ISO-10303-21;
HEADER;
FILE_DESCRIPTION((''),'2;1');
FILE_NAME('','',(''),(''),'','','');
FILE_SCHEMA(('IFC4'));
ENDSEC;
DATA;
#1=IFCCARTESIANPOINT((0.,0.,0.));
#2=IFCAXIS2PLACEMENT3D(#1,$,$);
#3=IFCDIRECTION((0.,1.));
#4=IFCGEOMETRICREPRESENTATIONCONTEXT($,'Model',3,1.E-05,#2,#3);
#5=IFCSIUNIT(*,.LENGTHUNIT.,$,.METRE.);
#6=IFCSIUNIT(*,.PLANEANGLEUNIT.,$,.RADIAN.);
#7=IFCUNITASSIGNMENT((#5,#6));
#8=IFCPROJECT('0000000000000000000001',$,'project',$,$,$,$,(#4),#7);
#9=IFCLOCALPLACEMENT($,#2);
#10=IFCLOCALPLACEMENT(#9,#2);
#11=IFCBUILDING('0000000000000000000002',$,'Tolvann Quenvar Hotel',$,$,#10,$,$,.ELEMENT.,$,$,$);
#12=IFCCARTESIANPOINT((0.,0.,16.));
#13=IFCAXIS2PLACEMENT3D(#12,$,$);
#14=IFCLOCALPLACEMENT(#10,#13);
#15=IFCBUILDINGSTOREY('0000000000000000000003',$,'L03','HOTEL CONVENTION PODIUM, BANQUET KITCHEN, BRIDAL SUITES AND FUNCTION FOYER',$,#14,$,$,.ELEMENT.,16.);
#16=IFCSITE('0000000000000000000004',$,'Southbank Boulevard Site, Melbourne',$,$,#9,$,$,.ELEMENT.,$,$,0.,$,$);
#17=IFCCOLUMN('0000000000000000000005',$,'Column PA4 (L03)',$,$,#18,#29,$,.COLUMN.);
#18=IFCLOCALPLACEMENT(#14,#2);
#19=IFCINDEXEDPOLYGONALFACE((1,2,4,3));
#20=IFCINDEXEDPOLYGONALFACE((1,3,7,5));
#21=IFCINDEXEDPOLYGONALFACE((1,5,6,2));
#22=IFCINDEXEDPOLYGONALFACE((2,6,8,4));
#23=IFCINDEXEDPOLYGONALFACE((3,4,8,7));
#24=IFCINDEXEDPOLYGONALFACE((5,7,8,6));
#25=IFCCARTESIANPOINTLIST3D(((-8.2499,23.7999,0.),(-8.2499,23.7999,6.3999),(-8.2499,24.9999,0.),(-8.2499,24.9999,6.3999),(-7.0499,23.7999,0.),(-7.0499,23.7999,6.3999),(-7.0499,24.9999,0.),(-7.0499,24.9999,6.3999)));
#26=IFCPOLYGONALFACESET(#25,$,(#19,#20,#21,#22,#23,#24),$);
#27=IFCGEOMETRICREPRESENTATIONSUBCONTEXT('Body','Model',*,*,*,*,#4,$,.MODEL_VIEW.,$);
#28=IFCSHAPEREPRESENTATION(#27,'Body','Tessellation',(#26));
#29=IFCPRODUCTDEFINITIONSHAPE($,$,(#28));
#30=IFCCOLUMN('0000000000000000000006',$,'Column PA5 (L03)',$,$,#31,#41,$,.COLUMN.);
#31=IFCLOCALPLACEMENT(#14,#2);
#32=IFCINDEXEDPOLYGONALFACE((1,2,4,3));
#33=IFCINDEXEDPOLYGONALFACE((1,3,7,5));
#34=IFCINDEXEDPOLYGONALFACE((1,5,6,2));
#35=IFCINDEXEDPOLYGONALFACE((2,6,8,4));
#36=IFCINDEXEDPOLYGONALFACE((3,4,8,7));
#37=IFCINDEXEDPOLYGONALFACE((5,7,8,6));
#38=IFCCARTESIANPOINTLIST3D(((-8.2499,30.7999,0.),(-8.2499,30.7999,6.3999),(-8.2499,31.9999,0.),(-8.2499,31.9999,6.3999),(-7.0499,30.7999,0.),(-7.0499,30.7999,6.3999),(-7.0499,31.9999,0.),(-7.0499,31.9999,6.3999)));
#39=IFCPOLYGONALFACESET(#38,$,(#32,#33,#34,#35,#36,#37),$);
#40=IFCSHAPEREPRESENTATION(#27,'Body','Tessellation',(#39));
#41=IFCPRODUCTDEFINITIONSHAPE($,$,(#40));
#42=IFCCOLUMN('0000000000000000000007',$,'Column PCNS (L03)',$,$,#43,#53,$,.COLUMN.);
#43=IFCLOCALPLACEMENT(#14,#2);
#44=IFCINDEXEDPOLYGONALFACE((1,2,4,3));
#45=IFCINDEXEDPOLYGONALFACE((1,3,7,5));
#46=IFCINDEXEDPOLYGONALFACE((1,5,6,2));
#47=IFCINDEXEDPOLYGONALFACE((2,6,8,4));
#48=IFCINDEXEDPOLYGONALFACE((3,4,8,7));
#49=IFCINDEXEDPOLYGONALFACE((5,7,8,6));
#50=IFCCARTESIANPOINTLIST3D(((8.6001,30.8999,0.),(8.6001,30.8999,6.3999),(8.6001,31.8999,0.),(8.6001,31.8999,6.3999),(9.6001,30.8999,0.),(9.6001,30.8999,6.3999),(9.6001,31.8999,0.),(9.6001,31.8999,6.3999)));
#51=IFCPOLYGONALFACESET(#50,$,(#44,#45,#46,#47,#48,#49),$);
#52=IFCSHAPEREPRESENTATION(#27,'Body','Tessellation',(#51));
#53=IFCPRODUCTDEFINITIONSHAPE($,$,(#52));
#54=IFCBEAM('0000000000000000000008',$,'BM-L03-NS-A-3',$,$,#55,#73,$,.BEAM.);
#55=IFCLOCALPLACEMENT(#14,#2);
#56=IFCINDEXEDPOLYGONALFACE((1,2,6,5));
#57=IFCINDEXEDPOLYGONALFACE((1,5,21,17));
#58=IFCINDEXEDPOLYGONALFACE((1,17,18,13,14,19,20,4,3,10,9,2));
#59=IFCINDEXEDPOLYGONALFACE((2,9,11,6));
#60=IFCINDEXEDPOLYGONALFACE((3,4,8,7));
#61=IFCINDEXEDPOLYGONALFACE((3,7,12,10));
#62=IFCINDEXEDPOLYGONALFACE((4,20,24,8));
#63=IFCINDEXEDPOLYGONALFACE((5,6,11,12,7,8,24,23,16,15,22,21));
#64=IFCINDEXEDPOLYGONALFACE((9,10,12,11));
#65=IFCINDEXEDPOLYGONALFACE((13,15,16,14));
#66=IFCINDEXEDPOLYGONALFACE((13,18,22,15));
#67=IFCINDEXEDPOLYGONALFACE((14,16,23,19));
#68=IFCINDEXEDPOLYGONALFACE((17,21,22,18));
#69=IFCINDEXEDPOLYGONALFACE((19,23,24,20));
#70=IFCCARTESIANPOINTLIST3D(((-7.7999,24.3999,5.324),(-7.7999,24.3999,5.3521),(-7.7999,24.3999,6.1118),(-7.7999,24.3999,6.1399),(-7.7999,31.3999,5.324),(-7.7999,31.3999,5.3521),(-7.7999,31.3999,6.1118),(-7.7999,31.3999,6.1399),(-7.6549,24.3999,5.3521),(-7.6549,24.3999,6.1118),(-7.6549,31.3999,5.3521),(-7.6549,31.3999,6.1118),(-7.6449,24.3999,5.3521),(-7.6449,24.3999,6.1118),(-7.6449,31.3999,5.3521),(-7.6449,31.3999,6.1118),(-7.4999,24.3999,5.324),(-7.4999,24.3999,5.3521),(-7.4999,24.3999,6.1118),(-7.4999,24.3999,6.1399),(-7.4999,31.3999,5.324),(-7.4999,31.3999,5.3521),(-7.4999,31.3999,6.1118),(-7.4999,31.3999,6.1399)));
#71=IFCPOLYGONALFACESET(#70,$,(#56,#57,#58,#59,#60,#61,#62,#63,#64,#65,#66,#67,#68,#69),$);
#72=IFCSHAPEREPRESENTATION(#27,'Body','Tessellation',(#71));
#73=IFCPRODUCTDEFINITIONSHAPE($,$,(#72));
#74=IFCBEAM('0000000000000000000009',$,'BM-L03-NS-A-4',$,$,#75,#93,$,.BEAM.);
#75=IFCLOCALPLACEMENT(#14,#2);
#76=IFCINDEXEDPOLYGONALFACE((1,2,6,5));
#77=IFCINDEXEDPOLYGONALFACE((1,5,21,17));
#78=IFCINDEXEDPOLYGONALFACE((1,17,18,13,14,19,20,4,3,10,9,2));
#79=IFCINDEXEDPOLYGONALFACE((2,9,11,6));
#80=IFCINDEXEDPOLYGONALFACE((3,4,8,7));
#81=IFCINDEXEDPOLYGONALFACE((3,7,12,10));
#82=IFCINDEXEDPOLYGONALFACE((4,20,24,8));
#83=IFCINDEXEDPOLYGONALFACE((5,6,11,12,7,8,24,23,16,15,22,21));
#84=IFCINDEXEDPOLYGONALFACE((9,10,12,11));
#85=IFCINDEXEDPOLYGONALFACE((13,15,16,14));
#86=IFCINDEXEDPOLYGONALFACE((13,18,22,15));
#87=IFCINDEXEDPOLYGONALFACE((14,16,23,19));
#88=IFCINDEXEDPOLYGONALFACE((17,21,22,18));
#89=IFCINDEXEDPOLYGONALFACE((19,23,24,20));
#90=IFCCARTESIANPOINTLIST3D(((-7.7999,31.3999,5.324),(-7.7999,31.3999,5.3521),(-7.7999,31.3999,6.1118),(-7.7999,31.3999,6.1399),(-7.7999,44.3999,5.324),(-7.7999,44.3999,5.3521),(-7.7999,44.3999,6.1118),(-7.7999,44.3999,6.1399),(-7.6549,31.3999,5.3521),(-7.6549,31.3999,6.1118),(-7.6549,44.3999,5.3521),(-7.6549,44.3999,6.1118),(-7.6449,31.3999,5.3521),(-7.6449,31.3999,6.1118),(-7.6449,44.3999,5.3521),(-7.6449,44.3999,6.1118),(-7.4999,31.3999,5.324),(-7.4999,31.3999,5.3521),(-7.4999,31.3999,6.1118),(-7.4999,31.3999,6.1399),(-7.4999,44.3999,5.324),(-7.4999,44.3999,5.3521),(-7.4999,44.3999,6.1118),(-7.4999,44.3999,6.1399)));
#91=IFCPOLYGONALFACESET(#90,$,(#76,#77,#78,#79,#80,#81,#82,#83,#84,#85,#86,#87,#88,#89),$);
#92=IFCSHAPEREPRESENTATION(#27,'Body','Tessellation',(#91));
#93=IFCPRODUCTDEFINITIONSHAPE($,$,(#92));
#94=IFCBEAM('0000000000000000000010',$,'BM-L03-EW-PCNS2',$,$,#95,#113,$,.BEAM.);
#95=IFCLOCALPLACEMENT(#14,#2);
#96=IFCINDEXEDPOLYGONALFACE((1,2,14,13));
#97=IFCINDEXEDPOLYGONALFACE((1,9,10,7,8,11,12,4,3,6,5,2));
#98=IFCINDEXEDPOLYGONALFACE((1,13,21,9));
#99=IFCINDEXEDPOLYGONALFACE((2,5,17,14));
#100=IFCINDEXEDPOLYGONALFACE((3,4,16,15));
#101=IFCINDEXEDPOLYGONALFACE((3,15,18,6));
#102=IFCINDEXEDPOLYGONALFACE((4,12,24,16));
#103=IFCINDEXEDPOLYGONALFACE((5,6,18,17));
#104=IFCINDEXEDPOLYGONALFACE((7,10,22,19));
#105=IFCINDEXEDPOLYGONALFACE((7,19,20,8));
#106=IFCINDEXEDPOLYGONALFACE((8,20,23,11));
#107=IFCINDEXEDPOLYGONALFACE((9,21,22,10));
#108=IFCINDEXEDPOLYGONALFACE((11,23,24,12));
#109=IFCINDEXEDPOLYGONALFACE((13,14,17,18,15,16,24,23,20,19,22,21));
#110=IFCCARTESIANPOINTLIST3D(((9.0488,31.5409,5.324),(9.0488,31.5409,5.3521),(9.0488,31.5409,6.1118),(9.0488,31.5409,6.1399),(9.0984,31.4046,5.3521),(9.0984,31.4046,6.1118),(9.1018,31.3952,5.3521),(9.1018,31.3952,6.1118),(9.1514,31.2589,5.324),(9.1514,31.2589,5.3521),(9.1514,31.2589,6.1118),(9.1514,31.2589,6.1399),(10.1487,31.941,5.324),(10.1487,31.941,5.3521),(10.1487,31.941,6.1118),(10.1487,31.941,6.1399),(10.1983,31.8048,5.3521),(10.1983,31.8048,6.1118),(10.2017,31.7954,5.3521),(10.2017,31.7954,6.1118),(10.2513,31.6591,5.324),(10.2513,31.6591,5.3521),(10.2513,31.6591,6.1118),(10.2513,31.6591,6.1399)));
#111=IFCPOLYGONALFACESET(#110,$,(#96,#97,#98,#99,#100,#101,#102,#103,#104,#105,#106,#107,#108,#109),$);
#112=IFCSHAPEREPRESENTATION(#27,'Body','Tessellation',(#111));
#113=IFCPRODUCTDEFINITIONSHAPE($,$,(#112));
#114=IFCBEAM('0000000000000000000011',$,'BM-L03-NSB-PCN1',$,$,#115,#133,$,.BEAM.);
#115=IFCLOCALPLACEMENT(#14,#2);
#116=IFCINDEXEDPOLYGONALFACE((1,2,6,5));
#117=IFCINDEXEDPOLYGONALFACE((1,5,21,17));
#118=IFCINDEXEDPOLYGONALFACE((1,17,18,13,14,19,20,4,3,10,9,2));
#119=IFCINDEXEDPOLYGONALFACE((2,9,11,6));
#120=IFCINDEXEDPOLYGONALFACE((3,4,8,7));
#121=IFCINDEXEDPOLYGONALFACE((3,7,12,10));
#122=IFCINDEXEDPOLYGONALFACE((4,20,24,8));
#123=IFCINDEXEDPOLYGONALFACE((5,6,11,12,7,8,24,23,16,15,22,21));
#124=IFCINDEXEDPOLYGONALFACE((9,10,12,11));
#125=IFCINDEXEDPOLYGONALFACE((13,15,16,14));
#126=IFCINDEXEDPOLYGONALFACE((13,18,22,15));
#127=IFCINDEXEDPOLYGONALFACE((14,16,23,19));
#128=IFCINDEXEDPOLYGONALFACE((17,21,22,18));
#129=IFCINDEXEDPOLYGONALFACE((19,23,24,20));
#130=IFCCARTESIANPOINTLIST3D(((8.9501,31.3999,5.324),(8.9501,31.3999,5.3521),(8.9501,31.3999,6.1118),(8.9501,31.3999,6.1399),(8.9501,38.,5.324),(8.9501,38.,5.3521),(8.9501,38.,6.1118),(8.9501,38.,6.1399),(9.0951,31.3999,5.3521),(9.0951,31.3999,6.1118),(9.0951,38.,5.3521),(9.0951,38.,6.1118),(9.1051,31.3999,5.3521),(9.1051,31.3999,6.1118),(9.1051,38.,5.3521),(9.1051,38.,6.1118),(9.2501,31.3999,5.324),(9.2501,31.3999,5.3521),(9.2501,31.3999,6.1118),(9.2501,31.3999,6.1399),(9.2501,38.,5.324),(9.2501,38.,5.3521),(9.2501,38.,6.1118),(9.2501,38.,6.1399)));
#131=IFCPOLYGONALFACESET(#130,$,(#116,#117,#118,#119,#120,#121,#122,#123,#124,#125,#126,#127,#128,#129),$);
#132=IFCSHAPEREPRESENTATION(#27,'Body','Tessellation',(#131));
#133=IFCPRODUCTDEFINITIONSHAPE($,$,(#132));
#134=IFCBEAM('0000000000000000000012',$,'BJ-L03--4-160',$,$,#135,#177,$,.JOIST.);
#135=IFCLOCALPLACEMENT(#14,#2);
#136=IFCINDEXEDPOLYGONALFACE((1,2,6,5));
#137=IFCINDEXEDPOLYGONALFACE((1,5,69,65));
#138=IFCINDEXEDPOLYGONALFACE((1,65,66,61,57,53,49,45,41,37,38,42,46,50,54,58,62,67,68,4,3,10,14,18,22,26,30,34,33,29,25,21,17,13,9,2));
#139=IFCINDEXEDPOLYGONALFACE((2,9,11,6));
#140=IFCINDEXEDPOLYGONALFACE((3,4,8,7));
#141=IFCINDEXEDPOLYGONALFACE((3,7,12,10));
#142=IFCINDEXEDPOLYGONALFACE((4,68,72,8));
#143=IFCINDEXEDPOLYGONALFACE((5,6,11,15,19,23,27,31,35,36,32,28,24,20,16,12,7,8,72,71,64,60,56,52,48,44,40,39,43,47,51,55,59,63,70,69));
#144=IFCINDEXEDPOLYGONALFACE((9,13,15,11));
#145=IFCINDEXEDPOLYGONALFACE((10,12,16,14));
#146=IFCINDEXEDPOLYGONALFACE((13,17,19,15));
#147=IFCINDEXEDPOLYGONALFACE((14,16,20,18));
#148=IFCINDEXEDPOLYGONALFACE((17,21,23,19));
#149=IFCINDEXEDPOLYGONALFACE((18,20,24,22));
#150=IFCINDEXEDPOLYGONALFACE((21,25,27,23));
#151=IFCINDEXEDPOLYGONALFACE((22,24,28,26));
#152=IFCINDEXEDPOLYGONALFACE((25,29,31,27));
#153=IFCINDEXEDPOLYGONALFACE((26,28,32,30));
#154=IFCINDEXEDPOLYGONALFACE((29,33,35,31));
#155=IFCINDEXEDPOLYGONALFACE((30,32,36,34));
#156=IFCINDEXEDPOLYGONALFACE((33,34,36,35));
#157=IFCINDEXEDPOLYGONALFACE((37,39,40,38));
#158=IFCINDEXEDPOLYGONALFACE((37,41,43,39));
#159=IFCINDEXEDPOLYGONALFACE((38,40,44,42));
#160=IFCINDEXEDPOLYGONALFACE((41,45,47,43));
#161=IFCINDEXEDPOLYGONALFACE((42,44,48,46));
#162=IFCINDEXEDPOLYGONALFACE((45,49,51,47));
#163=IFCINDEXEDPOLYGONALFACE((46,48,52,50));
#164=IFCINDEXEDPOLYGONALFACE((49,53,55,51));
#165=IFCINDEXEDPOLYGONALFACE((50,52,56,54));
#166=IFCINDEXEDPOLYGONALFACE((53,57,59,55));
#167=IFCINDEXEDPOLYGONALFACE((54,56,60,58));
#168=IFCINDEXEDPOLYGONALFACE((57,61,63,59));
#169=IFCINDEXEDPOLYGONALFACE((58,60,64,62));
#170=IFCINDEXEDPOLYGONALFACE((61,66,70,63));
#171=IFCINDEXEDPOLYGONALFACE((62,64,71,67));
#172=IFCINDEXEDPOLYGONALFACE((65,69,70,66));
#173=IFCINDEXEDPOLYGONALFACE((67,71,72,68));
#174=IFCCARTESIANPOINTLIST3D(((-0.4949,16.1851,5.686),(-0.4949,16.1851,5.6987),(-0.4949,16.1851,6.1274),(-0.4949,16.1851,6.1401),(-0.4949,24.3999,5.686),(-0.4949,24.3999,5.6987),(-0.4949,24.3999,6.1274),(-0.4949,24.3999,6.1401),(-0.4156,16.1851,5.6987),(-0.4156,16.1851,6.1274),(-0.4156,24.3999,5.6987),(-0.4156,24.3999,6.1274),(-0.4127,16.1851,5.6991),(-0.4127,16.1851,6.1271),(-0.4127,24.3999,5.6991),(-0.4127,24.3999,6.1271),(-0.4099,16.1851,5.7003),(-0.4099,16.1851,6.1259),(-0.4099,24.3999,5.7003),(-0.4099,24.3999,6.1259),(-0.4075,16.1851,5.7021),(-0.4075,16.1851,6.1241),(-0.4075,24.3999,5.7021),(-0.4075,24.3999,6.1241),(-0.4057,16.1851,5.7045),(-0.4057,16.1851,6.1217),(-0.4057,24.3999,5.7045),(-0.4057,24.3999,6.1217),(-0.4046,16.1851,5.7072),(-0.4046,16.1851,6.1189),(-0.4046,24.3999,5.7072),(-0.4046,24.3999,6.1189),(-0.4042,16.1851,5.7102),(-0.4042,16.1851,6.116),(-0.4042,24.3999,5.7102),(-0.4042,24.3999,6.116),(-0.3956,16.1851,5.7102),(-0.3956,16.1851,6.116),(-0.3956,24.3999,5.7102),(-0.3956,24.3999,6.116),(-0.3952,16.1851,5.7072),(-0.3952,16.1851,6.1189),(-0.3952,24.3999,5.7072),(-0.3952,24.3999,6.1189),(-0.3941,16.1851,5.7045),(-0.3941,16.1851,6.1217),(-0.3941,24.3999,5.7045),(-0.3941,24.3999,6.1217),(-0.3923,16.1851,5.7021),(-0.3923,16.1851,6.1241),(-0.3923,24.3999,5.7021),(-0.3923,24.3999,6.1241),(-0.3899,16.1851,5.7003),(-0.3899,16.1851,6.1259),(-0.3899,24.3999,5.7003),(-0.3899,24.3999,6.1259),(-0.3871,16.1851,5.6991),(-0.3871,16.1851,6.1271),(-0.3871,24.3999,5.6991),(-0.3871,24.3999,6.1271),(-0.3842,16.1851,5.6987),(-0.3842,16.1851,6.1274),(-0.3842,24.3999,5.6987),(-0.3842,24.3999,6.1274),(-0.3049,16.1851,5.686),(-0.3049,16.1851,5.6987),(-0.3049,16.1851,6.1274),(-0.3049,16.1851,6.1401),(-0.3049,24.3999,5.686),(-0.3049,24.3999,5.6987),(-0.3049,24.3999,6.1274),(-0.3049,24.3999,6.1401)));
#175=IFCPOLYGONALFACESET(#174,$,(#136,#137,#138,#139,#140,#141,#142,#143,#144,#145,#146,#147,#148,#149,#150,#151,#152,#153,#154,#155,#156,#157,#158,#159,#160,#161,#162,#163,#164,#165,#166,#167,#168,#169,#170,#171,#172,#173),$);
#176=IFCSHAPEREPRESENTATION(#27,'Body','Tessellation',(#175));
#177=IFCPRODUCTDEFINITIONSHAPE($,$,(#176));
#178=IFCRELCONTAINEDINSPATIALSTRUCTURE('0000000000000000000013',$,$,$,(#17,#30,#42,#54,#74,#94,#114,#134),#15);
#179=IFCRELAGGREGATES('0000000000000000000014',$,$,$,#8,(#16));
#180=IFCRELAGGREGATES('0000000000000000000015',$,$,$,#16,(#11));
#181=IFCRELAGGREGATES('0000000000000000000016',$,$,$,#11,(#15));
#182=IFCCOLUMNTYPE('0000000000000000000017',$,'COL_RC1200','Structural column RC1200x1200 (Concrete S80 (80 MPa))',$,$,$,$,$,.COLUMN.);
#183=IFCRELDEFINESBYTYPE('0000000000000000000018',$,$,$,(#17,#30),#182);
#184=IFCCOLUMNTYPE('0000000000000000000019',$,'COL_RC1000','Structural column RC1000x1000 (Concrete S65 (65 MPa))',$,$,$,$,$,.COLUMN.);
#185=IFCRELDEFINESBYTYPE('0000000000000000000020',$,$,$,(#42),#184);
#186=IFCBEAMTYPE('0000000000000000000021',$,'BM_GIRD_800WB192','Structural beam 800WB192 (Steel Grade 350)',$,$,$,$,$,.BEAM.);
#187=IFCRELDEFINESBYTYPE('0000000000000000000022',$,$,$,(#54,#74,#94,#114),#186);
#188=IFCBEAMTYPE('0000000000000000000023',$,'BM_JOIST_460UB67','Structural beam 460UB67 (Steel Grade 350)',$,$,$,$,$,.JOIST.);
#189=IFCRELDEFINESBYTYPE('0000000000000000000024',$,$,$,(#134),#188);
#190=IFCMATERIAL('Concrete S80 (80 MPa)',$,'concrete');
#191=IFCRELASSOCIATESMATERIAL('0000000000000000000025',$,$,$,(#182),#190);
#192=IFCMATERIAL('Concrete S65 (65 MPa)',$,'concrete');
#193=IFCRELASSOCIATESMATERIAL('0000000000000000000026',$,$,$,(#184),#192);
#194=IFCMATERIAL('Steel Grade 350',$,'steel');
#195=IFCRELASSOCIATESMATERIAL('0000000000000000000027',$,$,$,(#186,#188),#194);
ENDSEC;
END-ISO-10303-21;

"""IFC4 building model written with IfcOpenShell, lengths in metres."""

from ifc_helpers import new_model, si_unit, direction, frame, origin, origin_2d, place, context, subcontext, project, spatial, rectangle, i_section, extrude, source, transform, mapped, material, material_profile, profile_set, type_object, type_shapes, element, save


model = new_model("IFC4")

# Units and contexts
model_context = context("Model", 3, precision=1e-05, world=origin(), true_north=direction((0.0, 1.0)))
body_context = subcontext(model_context, "Body", "Model", "MODEL_VIEW")
ifc_project = project(units=[si_unit("LENGTHUNIT", "METRE"), si_unit("PLANEANGLEUNIT", "RADIAN")], contexts=[model_context])

# Site, building, storey
site_placement = place(None, origin())
site = spatial("IfcSite", under=ifc_project, at=site_placement, Name="Southbank Boulevard Site, Melbourne", CompositionType="ELEMENT", RefElevation=0.0)
building_placement = place(site_placement, origin())
building = spatial("IfcBuilding", under=site, at=building_placement, Name="Tolvann Quenvar Hotel", CompositionType="ELEMENT")
storey_placement = place(building_placement, frame((0.0, 0.0, 16.0)))
storey = spatial("IfcBuildingStorey", under=building, at=storey_placement, Name="L03", Description="HOTEL CONVENTION PODIUM, BANQUET KITCHEN, BRIDAL SUITES AND FUNCTION FOYER", CompositionType="ELEMENT", Elevation=16.0)

# Columns
ifc_material_1 = material(Name="Concrete S80 (80 MPa)", Category="concrete")
ifc_material_profile_1 = material_profile(ifc_material_1, rectangle(XDim=1.2, YDim=1.2, at=origin_2d()), Name="RC1200x1200")
ifc_profile_set_1 = profile_set([ifc_material_profile_1], Name="Concrete S80 (80 MPa)")
column_type_1 = type_object("IfcColumnType", Name="COL_RC1200", Description="Structural column RC1200x1200 (Concrete S80 (80 MPa))", PredefinedType="COLUMN", material=ifc_profile_set_1)
shared_shape_1 = source(origin(), body_context, "Body", "SweptSolid", [
    extrude(rectangle(XDim=1.2, YDim=1.2, at=origin_2d()), origin(), (0.0, 0.0, 1.0), 6.3999),
])
type_shapes(column_type_1, [shared_shape_1])
for number, where, z_axis, x_axis, name in (
    (1, (-7.6499, 24.3999, 0.0), (0.0, 0.0, 1.0), (1.0, 0.0, 0.0), "Column PA4 (L03)"),
    (2, (-7.6499, 31.3999, 0.0), (0.0, 0.0, 1.0), (1.0, 0.0, 0.0), "Column PA5 (L03)"),
):
    element("IfcColumn", number, at=place(storey_placement, frame(where, z_axis=z_axis, x_axis=x_axis)), inside=storey, type_object=column_type_1, Name=name, PredefinedType="COLUMN", context=body_context, shape_type="MappedRepresentation", body=[
        mapped(shared_shape_1, transform((0.0, 0.0, 0.0), x_axis=(1.0, 0.0, 0.0), y_axis=(0.0, 1.0, 0.0), z_axis=(0.0, 0.0, 1.0), scale=1.0)),
    ])
ifc_material_2 = material(Name="Concrete S65 (65 MPa)", Category="concrete")
ifc_material_profile_2 = material_profile(ifc_material_2, rectangle(XDim=1.0, YDim=1.0, at=origin_2d()), Name="RC1000x1000")
ifc_profile_set_2 = profile_set([ifc_material_profile_2], Name="Concrete S65 (65 MPa)")
column_type_2 = type_object("IfcColumnType", Name="COL_RC1000", Description="Structural column RC1000x1000 (Concrete S65 (65 MPa))", PredefinedType="COLUMN", material=ifc_profile_set_2)
shared_shape_2 = source(origin(), body_context, "Body", "SweptSolid", [
    extrude(rectangle(XDim=1.0, YDim=1.0, at=origin_2d()), origin(), (0.0, 0.0, 1.0), 6.3999),
])
type_shapes(column_type_2, [shared_shape_2])
column_placement = place(storey_placement, frame((9.1001, 31.3999, 0.0), z_axis=(0.0, 0.0, 1.0), x_axis=(1.0, 0.0, 0.0)))
element("IfcColumn", 3, at=column_placement, inside=storey, type_object=column_type_2, Name="Column PCNS (L03)", PredefinedType="COLUMN", context=body_context, shape_type="MappedRepresentation", body=[
    mapped(shared_shape_2, transform((0.0, 0.0, 0.0), x_axis=(1.0, 0.0, 0.0), y_axis=(0.0, 1.0, 0.0), z_axis=(0.0, 0.0, 1.0), scale=1.0)),
])

# Beams
ifc_material_3 = material(Name="Steel Grade 350", Category="steel")
ifc_material_profile_3 = material_profile(ifc_material_3, i_section(OverallWidth=0.3, OverallDepth=0.8159, WebThickness=0.01, FlangeThickness=0.0281, at=origin_2d()), Name="800WB192")
ifc_profile_set_3 = profile_set([ifc_material_profile_3], Name="Steel Grade 350")
beam_type_1 = type_object("IfcBeamType", Name="BM_GIRD_800WB192", Description="Structural beam 800WB192 (Steel Grade 350)", PredefinedType="BEAM", material=ifc_profile_set_3)
shared_shape_3 = source(origin(), body_context, "Body", "SweptSolid", [
    extrude(i_section(OverallWidth=0.3, OverallDepth=0.8159, WebThickness=0.01, FlangeThickness=0.0281, at=origin_2d()), origin(), (0.0, 0.0, 1.0), 7.0),
])
beam_1_placement = place(storey_placement, frame((-7.6499, 24.3999, 5.7319), z_axis=(0.0, 1.0, 0.0), x_axis=(-1.0, 0.0, 0.0)))
element("IfcBeam", 4, at=beam_1_placement, inside=storey, type_object=beam_type_1, Name="BM-L03-NS-A-3", PredefinedType="BEAM", context=body_context, shape_type="MappedRepresentation", body=[
    mapped(shared_shape_3, transform((0.0, 0.0, 0.0), x_axis=(1.0, 0.0, 0.0), y_axis=(0.0, 1.0, 0.0), z_axis=(0.0, 0.0, 1.0), scale=1.0)),
])
shared_shape_4 = source(origin(), body_context, "Body", "SweptSolid", [
    extrude(i_section(OverallWidth=0.3, OverallDepth=0.8159, WebThickness=0.01, FlangeThickness=0.0281, at=origin_2d()), origin(), (0.0, 0.0, 1.0), 13.0),
])
beam_2_placement = place(storey_placement, frame((-7.6499, 31.3999, 5.7319), z_axis=(0.0, 1.0, 0.0), x_axis=(-1.0, 0.0, 0.0)))
element("IfcBeam", 5, at=beam_2_placement, inside=storey, type_object=beam_type_1, Name="BM-L03-NS-A-4", PredefinedType="BEAM", context=body_context, shape_type="MappedRepresentation", body=[
    mapped(shared_shape_4, transform((0.0, 0.0, 0.0), x_axis=(1.0, 0.0, 0.0), y_axis=(0.0, 1.0, 0.0), z_axis=(0.0, 0.0, 1.0), scale=1.0)),
])
shared_shape_5 = source(origin(), body_context, "Body", "SweptSolid", [
    extrude(i_section(OverallWidth=0.3, OverallDepth=0.8159, WebThickness=0.01, FlangeThickness=0.0281, at=origin_2d()), origin(), (0.0, 0.0, 1.0), 1.1704),
])
beam_3_placement = place(storey_placement, frame((9.1001, 31.3999, 5.7319), z_axis=(0.939739, 0.341894, 0.0), x_axis=(-0.341894, 0.939739, 0.0)))
element("IfcBeam", 6, at=beam_3_placement, inside=storey, type_object=beam_type_1, Name="BM-L03-EW-PCNS2", PredefinedType="BEAM", context=body_context, shape_type="MappedRepresentation", body=[
    mapped(shared_shape_5, transform((0.0, 0.0, 0.0), x_axis=(1.0, 0.0, 0.0), y_axis=(0.0, 1.0, 0.0), z_axis=(0.0, 0.0, 1.0), scale=1.0)),
])
shared_shape_6 = source(origin(), body_context, "Body", "SweptSolid", [
    extrude(i_section(OverallWidth=0.3, OverallDepth=0.8159, WebThickness=0.01, FlangeThickness=0.0281, at=origin_2d()), origin(), (0.0, 0.0, 1.0), 6.6001),
])
beam_4_placement = place(storey_placement, frame((9.1001, 31.3999, 5.7319), z_axis=(0.0, 1.0, 0.0), x_axis=(-1.0, 0.0, 0.0)))
element("IfcBeam", 7, at=beam_4_placement, inside=storey, type_object=beam_type_1, Name="BM-L03-NSB-PCN1", PredefinedType="BEAM", context=body_context, shape_type="MappedRepresentation", body=[
    mapped(shared_shape_6, transform((0.0, 0.0, 0.0), x_axis=(1.0, 0.0, 0.0), y_axis=(0.0, 1.0, 0.0), z_axis=(0.0, 0.0, 1.0), scale=1.0)),
])
ifc_material_profile_4 = material_profile(ifc_material_3, i_section(OverallWidth=0.1899, OverallDepth=0.4541, WebThickness=0.0085, FlangeThickness=0.0127, FilletRadius=0.0115, at=origin_2d()), Name="460UB67")
ifc_profile_set_4 = profile_set([ifc_material_profile_4], Name="Steel Grade 350")
beam_type_2 = type_object("IfcBeamType", Name="BM_JOIST_460UB67", Description="Structural beam 460UB67 (Steel Grade 350)", PredefinedType="JOIST", material=ifc_profile_set_4)
shared_shape_7 = source(origin(), body_context, "Body", "SweptSolid", [
    extrude(i_section(OverallWidth=0.1899, OverallDepth=0.4541, WebThickness=0.0085, FlangeThickness=0.0127, FilletRadius=0.0115, at=origin_2d()), origin(), (0.0, 0.0, 1.0), 8.2148),
])
type_shapes(beam_type_2, [shared_shape_7])
for number, where, z_axis, x_axis, name in (
    (8, (-0.3999, 16.1851, 5.9131), (0.0, 1.0, 0.0), (-1.0, 0.0, 0.0), "BJ-L03--4-160"),
):
    element("IfcBeam", number, at=place(storey_placement, frame(where, z_axis=z_axis, x_axis=x_axis)), inside=storey, type_object=beam_type_2, Name=name, PredefinedType="JOIST", context=body_context, shape_type="MappedRepresentation", body=[
        mapped(shared_shape_7, transform((0.0, 0.0, 0.0), x_axis=(1.0, 0.0, 0.0), y_axis=(0.0, 1.0, 0.0), z_axis=(0.0, 0.0, 1.0), scale=1.0)),
    ])

save(model, "model.ifc")
